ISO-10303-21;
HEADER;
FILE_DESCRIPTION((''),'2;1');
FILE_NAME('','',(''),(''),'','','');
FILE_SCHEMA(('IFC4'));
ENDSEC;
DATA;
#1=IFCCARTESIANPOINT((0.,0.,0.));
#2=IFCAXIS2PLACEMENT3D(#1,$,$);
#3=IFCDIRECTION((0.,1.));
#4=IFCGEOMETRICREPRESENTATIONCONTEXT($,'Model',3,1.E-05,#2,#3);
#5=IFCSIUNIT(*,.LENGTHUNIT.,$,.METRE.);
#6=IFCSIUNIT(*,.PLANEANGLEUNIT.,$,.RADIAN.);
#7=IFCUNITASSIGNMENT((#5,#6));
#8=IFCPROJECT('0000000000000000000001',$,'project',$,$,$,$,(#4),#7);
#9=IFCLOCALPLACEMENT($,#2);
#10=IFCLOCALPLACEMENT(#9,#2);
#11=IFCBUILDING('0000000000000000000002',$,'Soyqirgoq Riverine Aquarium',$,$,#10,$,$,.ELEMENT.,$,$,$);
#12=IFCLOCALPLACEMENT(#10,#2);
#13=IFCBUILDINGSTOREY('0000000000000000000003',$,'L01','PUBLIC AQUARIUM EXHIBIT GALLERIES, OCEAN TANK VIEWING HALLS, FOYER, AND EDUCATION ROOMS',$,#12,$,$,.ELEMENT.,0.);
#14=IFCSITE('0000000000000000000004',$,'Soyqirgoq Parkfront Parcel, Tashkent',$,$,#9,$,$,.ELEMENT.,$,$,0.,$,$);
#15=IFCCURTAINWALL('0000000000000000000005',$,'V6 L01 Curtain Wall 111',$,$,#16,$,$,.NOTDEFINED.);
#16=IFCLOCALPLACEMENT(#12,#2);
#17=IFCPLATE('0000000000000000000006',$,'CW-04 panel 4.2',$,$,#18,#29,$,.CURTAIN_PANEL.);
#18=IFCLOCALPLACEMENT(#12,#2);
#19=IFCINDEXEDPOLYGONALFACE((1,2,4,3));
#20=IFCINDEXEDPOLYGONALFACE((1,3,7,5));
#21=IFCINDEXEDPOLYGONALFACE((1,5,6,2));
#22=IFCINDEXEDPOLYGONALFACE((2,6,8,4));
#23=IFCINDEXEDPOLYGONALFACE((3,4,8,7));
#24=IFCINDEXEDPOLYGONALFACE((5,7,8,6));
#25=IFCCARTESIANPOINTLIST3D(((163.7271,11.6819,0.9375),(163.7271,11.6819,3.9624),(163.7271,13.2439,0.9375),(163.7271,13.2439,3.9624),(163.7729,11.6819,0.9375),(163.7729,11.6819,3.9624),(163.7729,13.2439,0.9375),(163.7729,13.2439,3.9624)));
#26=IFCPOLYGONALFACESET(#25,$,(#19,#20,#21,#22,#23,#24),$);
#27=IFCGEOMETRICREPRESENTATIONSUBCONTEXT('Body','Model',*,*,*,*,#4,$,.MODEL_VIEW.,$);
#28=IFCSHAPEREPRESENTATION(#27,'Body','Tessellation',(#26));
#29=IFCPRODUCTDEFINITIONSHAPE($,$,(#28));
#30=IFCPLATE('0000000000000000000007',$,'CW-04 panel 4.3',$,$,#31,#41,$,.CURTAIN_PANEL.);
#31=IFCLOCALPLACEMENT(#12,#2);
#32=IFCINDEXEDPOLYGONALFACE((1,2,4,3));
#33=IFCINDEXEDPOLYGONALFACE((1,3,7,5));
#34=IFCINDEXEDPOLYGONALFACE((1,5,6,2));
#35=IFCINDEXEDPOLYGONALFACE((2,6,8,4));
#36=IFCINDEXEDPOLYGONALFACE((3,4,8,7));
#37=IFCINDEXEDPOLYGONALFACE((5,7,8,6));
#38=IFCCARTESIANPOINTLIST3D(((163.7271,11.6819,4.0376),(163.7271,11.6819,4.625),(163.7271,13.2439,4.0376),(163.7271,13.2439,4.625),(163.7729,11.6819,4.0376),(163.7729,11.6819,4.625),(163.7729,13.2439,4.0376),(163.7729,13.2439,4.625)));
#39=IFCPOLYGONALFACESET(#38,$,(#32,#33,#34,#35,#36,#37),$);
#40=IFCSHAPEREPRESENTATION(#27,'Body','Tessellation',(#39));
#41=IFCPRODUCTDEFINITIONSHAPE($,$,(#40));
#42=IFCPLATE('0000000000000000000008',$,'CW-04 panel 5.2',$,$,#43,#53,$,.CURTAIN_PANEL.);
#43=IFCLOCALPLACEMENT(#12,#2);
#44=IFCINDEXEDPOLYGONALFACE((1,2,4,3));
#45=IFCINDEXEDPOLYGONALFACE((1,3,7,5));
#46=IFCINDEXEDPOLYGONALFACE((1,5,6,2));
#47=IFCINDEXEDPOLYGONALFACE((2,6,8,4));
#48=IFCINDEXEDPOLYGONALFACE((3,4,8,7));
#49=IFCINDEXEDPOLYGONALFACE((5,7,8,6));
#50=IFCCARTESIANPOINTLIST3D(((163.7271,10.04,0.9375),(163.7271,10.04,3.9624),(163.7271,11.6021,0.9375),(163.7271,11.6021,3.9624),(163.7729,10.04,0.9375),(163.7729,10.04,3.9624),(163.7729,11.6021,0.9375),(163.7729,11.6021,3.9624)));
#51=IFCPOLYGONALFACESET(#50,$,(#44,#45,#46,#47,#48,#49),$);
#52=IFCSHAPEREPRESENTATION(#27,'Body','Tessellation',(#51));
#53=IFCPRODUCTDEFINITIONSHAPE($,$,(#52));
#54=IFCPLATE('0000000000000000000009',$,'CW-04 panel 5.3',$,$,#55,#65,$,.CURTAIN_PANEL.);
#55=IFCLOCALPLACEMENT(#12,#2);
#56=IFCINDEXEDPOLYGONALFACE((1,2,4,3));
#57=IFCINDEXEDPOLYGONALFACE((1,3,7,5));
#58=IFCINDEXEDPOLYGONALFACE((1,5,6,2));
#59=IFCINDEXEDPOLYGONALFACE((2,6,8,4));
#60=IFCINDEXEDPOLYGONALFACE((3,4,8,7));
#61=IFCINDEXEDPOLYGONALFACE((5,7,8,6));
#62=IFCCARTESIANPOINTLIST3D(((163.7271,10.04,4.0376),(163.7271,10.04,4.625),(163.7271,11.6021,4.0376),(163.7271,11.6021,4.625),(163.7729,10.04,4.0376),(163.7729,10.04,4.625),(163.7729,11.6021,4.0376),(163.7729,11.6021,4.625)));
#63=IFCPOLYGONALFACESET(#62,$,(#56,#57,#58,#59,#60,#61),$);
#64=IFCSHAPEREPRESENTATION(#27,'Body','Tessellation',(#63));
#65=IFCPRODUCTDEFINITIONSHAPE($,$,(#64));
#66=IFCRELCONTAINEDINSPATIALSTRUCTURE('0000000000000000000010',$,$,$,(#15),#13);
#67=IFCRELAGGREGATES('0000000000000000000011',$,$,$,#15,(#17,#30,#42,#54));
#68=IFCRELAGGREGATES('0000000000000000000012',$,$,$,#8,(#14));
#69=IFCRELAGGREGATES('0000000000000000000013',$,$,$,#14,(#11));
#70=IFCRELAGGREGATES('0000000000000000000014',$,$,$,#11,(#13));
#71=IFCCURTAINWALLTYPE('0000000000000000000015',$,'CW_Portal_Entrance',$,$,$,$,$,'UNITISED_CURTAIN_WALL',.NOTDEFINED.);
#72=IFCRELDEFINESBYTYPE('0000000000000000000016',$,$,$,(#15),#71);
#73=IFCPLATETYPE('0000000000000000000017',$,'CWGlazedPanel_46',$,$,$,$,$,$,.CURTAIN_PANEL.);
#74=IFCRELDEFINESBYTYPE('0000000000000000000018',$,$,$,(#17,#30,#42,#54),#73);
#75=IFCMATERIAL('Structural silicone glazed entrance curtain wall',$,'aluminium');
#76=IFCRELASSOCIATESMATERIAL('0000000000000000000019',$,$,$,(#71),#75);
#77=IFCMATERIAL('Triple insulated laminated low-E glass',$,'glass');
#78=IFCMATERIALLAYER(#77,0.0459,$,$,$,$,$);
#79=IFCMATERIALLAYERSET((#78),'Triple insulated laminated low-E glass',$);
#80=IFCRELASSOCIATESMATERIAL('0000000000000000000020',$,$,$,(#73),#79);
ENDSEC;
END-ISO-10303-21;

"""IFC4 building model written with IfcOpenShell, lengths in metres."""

from ifc_helpers import new_model, si_unit, direction, frame, origin, origin_2d, place, context, subcontext, project, spatial, rectangle, extrude, material, layer, layer_set, type_object, element, aggregate, save


model = new_model("IFC4")

# Units and contexts
model_context = context("Model", 3, precision=1e-05, world=origin(), true_north=direction((0.0, 1.0)))
body_context = subcontext(model_context, "Body", "Model", "MODEL_VIEW")
ifc_project = project(units=[si_unit("LENGTHUNIT", "METRE"), si_unit("PLANEANGLEUNIT", "RADIAN")], contexts=[model_context])

# Site, building, storey
site_placement = place(None, origin())
site = spatial("IfcSite", under=ifc_project, at=site_placement, Name="Soyqirgoq Parkfront Parcel, Tashkent", CompositionType="ELEMENT", RefElevation=0.0)
building_placement = place(site_placement, origin())
building = spatial("IfcBuilding", under=site, at=building_placement, Name="Soyqirgoq Riverine Aquarium", CompositionType="ELEMENT")
storey_placement = place(building_placement, origin())
storey = spatial("IfcBuildingStorey", under=building, at=storey_placement, Name="L01", Description="PUBLIC AQUARIUM EXHIBIT GALLERIES, OCEAN TANK VIEWING HALLS, FOYER, AND EDUCATION ROOMS", CompositionType="ELEMENT", Elevation=0.0)

# Curtain wall, plates
ifc_material_1 = material(Name="Structural silicone glazed entrance curtain wall", Category="aluminium")
curtain_wall_type = type_object("IfcCurtainWallType", Name="CW_Portal_Entrance", ElementType="UNITISED_CURTAIN_WALL", PredefinedType="NOTDEFINED", material=ifc_material_1)
curtain_wall_placement = place(storey_placement, origin())
curtain_wall = element("IfcCurtainWall", 1, at=curtain_wall_placement, inside=storey, type_object=curtain_wall_type, Name="V6 L01 Curtain Wall 111", PredefinedType="NOTDEFINED")
ifc_material_2 = material(Name="Triple insulated laminated low-E glass", Category="glass")
ifc_layer = layer(ifc_material_2, 0.0459)
ifc_layer_set = layer_set([ifc_layer], Name="Triple insulated laminated low-E glass")
plate_type = type_object("IfcPlateType", Name="CWGlazedPanel_46", PredefinedType="CURTAIN_PANEL", material=ifc_layer_set)
plate_1_placement = place(storey_placement, frame((163.75, 12.4629, 0.9375), z_axis=(0.0, 0.0, 1.0), x_axis=(0.0, -1.0, 0.0)))
plate_1 = element("IfcPlate", 2, at=plate_1_placement, type_object=plate_type, Name="CW-04 panel 4.2", PredefinedType="CURTAIN_PANEL", context=body_context, shape_type="SweptSolid", body=[
    extrude(rectangle(XDim=1.562, YDim=0.0459, at=origin_2d()), origin(), (0.0, 0.0, 1.0), 3.0249),
])
plate_2_placement = place(storey_placement, frame((163.75, 12.4629, 4.0376), z_axis=(0.0, 0.0, 1.0), x_axis=(0.0, -1.0, 0.0)))
plate_2 = element("IfcPlate", 3, at=plate_2_placement, type_object=plate_type, Name="CW-04 panel 4.3", PredefinedType="CURTAIN_PANEL", context=body_context, shape_type="SweptSolid", body=[
    extrude(rectangle(XDim=1.562, YDim=0.0459, at=origin_2d()), origin(), (0.0, 0.0, 1.0), 0.5874),
])
plate_3_placement = place(storey_placement, frame((163.75, 10.821, 0.9375), z_axis=(0.0, 0.0, 1.0), x_axis=(0.0, -1.0, 0.0)))
plate_3 = element("IfcPlate", 4, at=plate_3_placement, type_object=plate_type, Name="CW-04 panel 5.2", PredefinedType="CURTAIN_PANEL", context=body_context, shape_type="SweptSolid", body=[
    extrude(rectangle(XDim=1.562, YDim=0.0459, at=origin_2d()), origin(), (0.0, 0.0, 1.0), 3.0249),
])
plate_4_placement = place(storey_placement, frame((163.75, 10.821, 4.0376), z_axis=(0.0, 0.0, 1.0), x_axis=(0.0, -1.0, 0.0)))
plate_4 = element("IfcPlate", 5, at=plate_4_placement, type_object=plate_type, Name="CW-04 panel 5.3", PredefinedType="CURTAIN_PANEL", context=body_context, shape_type="SweptSolid", body=[
    extrude(rectangle(XDim=1.562, YDim=0.0459, at=origin_2d()), origin(), (0.0, 0.0, 1.0), 0.5874),
])
aggregate(curtain_wall, [plate_1, plate_2, plate_3, plate_4])

save(model, "model.ifc")
